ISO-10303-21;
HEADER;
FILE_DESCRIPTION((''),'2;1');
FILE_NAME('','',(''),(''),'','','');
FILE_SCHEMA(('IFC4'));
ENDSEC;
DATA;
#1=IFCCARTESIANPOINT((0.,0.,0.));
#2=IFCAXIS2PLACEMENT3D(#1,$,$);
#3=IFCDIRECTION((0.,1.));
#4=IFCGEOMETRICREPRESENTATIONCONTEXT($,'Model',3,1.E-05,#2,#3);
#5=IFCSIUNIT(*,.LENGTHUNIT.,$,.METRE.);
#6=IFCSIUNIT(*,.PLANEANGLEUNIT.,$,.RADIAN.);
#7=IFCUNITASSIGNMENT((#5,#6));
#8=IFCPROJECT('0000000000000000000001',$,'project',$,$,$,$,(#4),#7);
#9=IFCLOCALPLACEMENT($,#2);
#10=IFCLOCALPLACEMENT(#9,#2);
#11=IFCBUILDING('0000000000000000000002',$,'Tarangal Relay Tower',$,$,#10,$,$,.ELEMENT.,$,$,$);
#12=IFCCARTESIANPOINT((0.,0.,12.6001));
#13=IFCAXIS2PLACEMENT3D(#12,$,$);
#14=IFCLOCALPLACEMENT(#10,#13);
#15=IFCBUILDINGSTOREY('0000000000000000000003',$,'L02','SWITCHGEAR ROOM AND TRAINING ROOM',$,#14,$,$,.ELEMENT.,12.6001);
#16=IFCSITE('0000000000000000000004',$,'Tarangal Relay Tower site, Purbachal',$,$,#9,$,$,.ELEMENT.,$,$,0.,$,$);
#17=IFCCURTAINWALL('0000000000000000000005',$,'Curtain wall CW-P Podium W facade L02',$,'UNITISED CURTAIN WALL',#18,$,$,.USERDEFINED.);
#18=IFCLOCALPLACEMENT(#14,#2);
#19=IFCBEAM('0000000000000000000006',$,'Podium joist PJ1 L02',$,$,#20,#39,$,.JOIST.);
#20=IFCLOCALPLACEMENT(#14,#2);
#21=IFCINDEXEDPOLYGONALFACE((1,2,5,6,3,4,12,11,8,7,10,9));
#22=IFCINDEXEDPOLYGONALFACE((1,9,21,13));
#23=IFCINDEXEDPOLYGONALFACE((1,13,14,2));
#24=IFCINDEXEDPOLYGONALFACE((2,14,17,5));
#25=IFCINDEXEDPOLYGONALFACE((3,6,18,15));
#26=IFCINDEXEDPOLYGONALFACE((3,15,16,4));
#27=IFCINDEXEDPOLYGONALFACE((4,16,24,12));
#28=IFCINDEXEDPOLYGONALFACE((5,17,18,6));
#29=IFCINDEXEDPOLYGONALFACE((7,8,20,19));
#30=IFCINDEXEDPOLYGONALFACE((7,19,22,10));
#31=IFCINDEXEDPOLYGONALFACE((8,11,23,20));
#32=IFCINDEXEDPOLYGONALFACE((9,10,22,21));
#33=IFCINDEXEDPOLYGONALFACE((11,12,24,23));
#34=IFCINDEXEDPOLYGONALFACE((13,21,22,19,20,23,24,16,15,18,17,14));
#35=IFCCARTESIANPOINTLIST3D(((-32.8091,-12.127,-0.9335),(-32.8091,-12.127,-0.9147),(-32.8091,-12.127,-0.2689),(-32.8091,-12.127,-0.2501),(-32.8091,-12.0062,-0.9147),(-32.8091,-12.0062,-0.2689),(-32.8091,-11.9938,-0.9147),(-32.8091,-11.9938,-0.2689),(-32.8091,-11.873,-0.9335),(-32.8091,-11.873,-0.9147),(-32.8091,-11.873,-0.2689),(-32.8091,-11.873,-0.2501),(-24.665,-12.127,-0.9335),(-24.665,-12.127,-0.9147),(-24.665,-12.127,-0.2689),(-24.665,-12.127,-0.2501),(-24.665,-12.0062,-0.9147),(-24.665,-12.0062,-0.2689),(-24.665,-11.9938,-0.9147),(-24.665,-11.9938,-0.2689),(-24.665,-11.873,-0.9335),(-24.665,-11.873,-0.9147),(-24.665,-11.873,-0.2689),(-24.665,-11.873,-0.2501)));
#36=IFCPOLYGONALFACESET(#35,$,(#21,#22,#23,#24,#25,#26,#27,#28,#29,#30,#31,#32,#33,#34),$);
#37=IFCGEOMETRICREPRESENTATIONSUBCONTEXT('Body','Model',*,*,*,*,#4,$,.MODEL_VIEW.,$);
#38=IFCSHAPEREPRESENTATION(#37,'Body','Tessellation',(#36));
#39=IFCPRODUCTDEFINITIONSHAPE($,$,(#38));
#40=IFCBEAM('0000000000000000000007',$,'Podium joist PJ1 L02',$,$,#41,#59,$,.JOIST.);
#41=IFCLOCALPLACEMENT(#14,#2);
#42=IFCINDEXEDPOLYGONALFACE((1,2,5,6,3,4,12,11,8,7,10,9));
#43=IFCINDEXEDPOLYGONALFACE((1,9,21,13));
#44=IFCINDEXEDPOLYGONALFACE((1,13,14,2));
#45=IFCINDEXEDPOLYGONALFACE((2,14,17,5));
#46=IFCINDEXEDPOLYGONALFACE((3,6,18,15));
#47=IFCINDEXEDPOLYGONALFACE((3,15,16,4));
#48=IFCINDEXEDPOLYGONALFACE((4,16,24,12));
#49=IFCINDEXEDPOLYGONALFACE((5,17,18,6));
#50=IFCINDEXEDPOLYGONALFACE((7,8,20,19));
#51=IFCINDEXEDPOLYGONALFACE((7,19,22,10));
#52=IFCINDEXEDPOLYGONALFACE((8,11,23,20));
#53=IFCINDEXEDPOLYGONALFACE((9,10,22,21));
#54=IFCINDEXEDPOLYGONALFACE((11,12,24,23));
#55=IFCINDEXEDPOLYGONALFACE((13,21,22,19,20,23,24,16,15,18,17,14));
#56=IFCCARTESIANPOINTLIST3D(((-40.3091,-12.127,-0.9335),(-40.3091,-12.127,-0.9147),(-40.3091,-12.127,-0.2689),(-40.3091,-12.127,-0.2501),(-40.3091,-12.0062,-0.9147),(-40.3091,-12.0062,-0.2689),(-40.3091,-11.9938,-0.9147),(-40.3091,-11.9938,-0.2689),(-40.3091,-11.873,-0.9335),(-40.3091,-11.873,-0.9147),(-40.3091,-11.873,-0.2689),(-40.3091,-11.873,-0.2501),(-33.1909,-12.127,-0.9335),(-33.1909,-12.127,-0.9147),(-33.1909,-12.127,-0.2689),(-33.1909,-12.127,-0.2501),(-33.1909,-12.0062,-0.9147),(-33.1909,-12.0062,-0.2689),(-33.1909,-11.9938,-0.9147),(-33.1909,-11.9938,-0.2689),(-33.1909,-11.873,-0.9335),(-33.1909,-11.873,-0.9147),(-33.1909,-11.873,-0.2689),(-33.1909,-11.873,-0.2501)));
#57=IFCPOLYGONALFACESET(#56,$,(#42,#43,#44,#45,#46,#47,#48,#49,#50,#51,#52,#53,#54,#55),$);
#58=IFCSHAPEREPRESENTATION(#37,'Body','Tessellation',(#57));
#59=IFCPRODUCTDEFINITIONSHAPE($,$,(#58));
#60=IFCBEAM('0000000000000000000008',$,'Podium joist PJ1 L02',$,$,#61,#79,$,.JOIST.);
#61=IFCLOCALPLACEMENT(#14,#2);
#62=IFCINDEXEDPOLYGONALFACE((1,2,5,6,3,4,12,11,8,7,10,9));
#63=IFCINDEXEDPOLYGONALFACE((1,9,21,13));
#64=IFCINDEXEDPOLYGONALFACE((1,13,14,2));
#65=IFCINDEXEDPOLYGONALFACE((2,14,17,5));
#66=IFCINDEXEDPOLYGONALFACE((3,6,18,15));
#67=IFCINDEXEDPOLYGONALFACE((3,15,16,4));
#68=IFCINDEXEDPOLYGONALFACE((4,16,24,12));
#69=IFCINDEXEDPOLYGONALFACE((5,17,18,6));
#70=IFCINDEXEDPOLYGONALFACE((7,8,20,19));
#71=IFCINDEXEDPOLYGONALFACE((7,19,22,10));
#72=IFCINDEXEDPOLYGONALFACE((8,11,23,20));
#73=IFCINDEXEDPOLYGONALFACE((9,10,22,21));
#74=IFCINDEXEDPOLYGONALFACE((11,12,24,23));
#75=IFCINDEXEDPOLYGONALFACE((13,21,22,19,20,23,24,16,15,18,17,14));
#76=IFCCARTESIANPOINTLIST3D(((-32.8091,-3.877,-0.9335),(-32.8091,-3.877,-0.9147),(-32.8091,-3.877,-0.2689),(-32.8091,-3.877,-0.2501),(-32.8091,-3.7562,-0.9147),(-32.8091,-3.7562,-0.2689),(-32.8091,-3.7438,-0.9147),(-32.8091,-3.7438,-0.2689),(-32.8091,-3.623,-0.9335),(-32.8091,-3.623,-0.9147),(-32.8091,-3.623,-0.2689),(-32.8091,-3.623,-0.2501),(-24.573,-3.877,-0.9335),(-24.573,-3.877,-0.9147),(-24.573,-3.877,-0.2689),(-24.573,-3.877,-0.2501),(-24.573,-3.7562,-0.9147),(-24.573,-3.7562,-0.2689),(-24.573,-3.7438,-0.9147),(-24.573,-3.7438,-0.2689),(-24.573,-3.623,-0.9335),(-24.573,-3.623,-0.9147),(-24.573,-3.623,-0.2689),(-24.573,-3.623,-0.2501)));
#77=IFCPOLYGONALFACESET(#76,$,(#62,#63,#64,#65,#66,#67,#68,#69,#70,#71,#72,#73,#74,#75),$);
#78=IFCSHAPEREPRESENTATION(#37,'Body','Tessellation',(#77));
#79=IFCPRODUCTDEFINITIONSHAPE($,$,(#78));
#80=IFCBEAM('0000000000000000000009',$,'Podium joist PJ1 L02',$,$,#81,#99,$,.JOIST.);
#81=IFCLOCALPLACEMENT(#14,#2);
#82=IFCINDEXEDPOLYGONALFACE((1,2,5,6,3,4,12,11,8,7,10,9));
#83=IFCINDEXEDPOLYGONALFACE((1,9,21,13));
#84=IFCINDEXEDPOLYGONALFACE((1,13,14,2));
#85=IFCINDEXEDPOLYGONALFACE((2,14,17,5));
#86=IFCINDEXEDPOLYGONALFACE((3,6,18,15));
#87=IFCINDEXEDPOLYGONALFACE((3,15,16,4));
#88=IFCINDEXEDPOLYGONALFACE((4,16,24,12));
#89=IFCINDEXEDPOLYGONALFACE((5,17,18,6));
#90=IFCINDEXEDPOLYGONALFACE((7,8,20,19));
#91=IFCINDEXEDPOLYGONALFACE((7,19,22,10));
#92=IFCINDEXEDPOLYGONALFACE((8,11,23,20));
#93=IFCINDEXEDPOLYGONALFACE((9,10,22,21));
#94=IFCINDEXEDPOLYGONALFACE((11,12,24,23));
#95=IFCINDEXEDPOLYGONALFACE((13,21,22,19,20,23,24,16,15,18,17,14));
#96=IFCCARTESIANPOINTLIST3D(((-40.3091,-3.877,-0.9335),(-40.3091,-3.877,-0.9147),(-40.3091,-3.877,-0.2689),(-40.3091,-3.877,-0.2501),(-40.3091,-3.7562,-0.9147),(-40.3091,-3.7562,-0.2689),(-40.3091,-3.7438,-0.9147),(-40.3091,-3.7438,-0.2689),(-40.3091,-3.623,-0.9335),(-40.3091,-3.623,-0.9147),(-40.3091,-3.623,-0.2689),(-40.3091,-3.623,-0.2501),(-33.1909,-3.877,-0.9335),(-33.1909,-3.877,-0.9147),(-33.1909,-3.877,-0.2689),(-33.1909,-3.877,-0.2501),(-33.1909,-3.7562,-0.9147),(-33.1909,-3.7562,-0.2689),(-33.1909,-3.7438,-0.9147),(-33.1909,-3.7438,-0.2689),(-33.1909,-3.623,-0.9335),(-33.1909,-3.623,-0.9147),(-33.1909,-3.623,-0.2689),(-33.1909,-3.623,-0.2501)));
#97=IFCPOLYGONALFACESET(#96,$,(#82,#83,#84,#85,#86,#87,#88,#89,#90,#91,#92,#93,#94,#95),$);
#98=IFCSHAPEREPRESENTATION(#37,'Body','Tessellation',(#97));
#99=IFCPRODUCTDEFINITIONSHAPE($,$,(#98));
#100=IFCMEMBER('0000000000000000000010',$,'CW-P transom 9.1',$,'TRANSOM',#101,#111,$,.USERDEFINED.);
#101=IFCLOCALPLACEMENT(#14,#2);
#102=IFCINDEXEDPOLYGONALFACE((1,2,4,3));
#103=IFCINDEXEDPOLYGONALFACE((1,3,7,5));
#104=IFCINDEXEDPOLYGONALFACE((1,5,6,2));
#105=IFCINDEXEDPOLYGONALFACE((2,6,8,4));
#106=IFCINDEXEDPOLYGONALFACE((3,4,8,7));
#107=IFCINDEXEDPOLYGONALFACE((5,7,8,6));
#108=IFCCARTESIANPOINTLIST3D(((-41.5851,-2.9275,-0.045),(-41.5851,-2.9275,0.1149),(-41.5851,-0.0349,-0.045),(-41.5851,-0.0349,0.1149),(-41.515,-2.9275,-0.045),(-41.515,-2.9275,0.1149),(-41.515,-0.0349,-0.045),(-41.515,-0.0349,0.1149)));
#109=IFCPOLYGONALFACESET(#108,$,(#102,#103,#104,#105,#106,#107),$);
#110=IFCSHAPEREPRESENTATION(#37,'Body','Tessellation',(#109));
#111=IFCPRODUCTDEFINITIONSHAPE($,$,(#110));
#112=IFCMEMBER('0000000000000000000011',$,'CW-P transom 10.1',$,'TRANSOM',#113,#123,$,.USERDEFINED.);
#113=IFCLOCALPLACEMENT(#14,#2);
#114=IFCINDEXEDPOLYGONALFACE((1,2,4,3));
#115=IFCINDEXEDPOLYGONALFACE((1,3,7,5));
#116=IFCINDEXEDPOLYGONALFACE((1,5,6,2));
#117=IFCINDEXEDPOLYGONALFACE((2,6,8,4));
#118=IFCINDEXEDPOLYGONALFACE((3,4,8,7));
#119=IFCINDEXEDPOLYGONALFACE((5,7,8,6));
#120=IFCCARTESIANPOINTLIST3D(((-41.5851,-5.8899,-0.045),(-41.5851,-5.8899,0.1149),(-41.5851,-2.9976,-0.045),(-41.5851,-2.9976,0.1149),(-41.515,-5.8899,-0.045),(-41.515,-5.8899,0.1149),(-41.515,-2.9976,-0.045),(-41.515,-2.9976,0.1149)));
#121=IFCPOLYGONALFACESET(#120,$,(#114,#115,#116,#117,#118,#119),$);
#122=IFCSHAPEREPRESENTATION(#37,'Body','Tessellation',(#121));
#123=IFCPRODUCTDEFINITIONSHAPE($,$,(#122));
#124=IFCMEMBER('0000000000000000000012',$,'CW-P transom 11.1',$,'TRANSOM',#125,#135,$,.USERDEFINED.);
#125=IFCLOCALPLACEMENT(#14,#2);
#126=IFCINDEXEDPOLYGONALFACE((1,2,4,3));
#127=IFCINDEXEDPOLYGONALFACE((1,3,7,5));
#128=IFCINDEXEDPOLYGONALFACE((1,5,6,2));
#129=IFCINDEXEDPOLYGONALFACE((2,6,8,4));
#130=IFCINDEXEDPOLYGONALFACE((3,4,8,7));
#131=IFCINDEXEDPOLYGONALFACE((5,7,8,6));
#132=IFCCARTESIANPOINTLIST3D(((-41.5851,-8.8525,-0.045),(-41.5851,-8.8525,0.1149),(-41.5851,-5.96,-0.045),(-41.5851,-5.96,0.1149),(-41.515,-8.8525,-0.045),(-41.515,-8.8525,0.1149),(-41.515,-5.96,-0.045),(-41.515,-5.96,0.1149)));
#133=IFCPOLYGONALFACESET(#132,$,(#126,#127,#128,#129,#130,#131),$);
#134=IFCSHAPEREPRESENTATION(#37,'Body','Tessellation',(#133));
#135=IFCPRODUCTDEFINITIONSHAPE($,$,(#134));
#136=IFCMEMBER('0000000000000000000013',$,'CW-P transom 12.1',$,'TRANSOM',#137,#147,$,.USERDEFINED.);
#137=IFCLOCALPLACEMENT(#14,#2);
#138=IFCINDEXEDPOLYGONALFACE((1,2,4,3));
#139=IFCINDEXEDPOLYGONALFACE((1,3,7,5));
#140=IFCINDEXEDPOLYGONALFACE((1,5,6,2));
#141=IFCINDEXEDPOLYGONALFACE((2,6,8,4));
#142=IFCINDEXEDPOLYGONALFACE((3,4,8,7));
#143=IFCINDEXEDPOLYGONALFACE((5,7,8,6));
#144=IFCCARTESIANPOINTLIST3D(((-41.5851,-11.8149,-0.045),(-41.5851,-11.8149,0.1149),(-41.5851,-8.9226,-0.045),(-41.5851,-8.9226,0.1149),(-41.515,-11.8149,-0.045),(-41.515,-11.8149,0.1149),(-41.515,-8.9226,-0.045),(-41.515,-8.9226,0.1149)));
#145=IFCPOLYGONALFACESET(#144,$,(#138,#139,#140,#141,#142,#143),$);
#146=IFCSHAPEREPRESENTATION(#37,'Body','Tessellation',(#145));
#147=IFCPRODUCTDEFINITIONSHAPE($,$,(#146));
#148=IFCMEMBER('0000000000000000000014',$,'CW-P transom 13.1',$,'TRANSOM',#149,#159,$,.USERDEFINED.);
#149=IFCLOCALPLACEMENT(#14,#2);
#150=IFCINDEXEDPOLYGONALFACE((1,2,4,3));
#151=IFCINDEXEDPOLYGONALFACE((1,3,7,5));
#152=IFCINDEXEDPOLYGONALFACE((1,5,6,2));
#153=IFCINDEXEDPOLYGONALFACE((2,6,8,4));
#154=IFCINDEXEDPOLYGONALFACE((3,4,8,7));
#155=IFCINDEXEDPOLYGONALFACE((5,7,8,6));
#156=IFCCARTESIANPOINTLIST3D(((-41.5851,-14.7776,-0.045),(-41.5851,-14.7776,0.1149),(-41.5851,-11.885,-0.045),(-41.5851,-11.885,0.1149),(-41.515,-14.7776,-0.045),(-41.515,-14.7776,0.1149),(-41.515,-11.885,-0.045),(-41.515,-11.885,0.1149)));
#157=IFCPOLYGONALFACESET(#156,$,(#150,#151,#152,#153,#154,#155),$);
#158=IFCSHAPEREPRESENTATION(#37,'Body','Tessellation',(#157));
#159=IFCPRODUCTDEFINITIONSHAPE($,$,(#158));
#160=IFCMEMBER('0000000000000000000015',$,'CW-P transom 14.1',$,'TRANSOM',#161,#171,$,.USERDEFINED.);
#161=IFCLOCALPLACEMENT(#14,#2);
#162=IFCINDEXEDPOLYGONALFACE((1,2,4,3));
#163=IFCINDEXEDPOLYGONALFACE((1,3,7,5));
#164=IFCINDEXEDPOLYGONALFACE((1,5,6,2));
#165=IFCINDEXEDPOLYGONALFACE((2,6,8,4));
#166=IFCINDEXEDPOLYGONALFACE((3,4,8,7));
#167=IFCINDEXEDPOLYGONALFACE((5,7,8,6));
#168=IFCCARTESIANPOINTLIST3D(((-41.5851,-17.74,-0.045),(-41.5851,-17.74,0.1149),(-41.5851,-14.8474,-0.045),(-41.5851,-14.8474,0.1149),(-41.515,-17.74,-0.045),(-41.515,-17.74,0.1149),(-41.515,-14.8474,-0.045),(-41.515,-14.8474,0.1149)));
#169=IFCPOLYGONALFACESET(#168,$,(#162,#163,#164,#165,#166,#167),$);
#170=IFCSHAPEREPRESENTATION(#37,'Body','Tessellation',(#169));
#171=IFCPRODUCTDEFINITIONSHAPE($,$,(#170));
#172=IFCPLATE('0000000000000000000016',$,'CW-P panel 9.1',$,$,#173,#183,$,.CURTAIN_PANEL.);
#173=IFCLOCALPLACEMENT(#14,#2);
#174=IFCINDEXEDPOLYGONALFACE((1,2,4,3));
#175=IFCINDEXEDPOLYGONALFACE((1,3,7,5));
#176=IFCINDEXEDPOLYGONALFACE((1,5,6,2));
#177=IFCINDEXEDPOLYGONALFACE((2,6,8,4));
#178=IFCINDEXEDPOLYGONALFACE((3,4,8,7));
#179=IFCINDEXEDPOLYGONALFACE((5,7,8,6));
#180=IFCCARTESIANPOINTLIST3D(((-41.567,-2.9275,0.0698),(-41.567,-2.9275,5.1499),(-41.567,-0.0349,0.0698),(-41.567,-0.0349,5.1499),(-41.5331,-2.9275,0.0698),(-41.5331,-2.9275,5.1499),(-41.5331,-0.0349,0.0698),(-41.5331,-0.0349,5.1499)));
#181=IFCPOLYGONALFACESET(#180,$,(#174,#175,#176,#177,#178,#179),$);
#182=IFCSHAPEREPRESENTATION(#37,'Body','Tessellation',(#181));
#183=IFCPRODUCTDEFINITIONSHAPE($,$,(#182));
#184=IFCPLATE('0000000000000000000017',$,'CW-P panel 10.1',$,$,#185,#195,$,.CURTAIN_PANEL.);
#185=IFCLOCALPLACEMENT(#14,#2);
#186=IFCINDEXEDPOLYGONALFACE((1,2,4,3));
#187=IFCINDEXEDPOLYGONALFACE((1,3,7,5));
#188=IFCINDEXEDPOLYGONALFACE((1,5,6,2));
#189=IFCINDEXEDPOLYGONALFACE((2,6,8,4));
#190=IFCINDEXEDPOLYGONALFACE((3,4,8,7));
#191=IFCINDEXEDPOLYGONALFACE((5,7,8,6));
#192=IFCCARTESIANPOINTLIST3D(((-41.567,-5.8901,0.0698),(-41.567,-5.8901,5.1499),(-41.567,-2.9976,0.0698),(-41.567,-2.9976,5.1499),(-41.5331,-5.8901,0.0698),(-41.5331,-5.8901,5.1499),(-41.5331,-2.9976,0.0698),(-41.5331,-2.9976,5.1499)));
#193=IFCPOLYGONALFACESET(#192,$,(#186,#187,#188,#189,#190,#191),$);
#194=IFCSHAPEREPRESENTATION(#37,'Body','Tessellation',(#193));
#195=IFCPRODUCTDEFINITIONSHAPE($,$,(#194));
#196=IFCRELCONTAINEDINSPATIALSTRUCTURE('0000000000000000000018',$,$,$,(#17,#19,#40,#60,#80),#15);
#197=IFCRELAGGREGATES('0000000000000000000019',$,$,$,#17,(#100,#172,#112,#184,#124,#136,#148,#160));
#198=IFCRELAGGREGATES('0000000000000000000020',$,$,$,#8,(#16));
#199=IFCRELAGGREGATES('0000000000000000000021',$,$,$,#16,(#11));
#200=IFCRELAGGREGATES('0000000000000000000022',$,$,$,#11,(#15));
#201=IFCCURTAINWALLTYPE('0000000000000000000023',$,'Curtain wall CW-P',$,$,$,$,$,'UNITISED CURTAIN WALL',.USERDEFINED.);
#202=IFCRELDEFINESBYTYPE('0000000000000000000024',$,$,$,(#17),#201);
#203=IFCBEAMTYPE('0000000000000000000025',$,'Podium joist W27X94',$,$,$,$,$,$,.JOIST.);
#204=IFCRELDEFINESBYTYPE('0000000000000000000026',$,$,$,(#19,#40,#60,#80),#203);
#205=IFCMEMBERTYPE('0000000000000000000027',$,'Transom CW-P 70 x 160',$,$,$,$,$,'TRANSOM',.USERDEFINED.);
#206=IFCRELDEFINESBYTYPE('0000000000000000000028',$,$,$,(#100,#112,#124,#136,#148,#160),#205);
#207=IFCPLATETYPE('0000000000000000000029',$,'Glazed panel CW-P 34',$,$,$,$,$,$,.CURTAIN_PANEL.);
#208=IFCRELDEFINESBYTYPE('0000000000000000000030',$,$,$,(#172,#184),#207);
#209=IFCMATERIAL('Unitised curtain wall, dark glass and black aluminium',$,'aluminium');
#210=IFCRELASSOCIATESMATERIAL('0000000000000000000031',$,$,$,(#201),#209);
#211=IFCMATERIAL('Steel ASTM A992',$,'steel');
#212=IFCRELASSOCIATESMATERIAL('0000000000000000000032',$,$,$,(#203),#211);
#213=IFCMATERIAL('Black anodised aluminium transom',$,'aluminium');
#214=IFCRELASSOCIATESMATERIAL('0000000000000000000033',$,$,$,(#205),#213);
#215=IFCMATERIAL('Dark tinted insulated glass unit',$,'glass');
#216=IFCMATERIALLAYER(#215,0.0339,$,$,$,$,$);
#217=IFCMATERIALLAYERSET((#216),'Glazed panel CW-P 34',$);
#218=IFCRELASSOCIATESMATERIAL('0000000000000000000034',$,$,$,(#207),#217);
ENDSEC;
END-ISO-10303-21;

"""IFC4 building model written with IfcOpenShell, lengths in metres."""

from ifc_helpers import new_model, si_unit, direction, frame, origin, origin_2d, place, context, subcontext, project, spatial, rectangle, i_section, extrude, material, layer, layer_set, material_profile, profile_set, type_object, element, aggregate, save


model = new_model("IFC4")

# Units and contexts
model_context = context("Model", 3, precision=1e-05, world=origin(), true_north=direction((0.0, 1.0)))
body_context = subcontext(model_context, "Body", "Model", "MODEL_VIEW")
ifc_project = project(units=[si_unit("LENGTHUNIT", "METRE"), si_unit("PLANEANGLEUNIT", "RADIAN")], contexts=[model_context])

# Site, building, storey
site_placement = place(None, origin())
site = spatial("IfcSite", under=ifc_project, at=site_placement, Name="Tarangal Relay Tower site, Purbachal", CompositionType="ELEMENT", RefElevation=0.0)
building_placement = place(site_placement, origin())
building = spatial("IfcBuilding", under=site, at=building_placement, Name="Tarangal Relay Tower", CompositionType="ELEMENT")
storey_placement = place(building_placement, frame((0.0, 0.0, 12.6001)))
storey = spatial("IfcBuildingStorey", under=building, at=storey_placement, Name="L02", Description="SWITCHGEAR ROOM AND TRAINING ROOM", CompositionType="ELEMENT", Elevation=12.6001)

# Shared definitions
ifc_material_1 = material(Name="Steel ASTM A992", Category="steel")

# Curtain wall
ifc_material_2 = material(Name="Unitised curtain wall, dark glass and black aluminium", Category="aluminium")
curtain_wall_type = type_object("IfcCurtainWallType", Name="Curtain wall CW-P", ElementType="UNITISED CURTAIN WALL", PredefinedType="USERDEFINED", material=ifc_material_2)
curtain_wall_placement = place(storey_placement, origin())
curtain_wall = element("IfcCurtainWall", 1, at=curtain_wall_placement, inside=storey, type_object=curtain_wall_type, Name="Curtain wall CW-P Podium W facade L02", ObjectType="UNITISED CURTAIN WALL", PredefinedType="USERDEFINED")

# Beams
ifc_material_profile_1 = material_profile(ifc_material_1, i_section(OverallWidth=0.2539, OverallDepth=0.6833, WebThickness=0.0125, FlangeThickness=0.0188, at=origin_2d()), Name="W27X94")
ifc_profile_set_1 = profile_set([ifc_material_profile_1], Name="Steel ASTM A992")
beam_type_1 = type_object("IfcBeamType", Name="Podium joist W27X94", PredefinedType="JOIST", material=ifc_profile_set_1)
beam_1_placement = place(storey_placement, frame((-24.665, -12.0, -0.5918), z_axis=(-1.0, 0.0, 0.0), x_axis=(0.0, -1.0, 0.0)))
element("IfcBeam", 2, at=beam_1_placement, inside=storey, type_object=beam_type_1, Name="Podium joist PJ1 L02", PredefinedType="JOIST", context=body_context, shape_type="SweptSolid", body=[
    extrude(i_section(OverallWidth=0.2539, OverallDepth=0.6833, WebThickness=0.0125, FlangeThickness=0.0188, at=origin_2d()), origin(), (0.0, 0.0, 1.0), 8.144),
])
beam_2_placement = place(storey_placement, frame((-33.1909, -12.0, -0.5918), z_axis=(-1.0, 0.0, 0.0), x_axis=(0.0, -1.0, 0.0)))
element("IfcBeam", 3, at=beam_2_placement, inside=storey, type_object=beam_type_1, Name="Podium joist PJ1 L02", PredefinedType="JOIST", context=body_context, shape_type="SweptSolid", body=[
    extrude(i_section(OverallWidth=0.2539, OverallDepth=0.6833, WebThickness=0.0125, FlangeThickness=0.0188, at=origin_2d()), origin(), (0.0, 0.0, 1.0), 7.1182),
])
beam_3_placement = place(storey_placement, frame((-24.573, -3.75, -0.5918), z_axis=(-1.0, 0.0, 0.0), x_axis=(0.0, -1.0, 0.0)))
element("IfcBeam", 4, at=beam_3_placement, inside=storey, type_object=beam_type_1, Name="Podium joist PJ1 L02", PredefinedType="JOIST", context=body_context, shape_type="SweptSolid", body=[
    extrude(i_section(OverallWidth=0.2539, OverallDepth=0.6833, WebThickness=0.0125, FlangeThickness=0.0188, at=origin_2d()), origin(), (0.0, 0.0, 1.0), 8.2361),
])
beam_4_placement = place(storey_placement, frame((-33.1909, -3.75, -0.5918), z_axis=(-1.0, 0.0, 0.0), x_axis=(0.0, -1.0, 0.0)))
element("IfcBeam", 5, at=beam_4_placement, inside=storey, type_object=beam_type_1, Name="Podium joist PJ1 L02", PredefinedType="JOIST", context=body_context, shape_type="SweptSolid", body=[
    extrude(i_section(OverallWidth=0.2539, OverallDepth=0.6833, WebThickness=0.0125, FlangeThickness=0.0188, at=origin_2d()), origin(), (0.0, 0.0, 1.0), 7.1182),
])

# Members
ifc_material_3 = material(Name="Black anodised aluminium transom", Category="aluminium")
ifc_material_profile_2 = material_profile(ifc_material_3, rectangle(XDim=0.0701, YDim=0.1599, at=origin_2d()), Name="CW-PT 70X160")
ifc_profile_set_2 = profile_set([ifc_material_profile_2], Name="Black anodised aluminium transom")
member_type_1 = type_object("IfcMemberType", Name="Transom CW-P 70 x 160", ElementType="TRANSOM", PredefinedType="USERDEFINED", material=ifc_profile_set_2)
member_1_placement = place(storey_placement, frame((-41.55, -0.0349, 0.0349), z_axis=(0.0, -1.0, 0.0), x_axis=(1.0, 0.0, 0.0)))
member_1 = element("IfcMember", 6, at=member_1_placement, type_object=member_type_1, Name="CW-P transom 9.1", ObjectType="TRANSOM", PredefinedType="USERDEFINED", context=body_context, shape_type="SweptSolid", body=[
    extrude(rectangle(XDim=0.0701, YDim=0.1599, at=origin_2d()), origin(), (0.0, 0.0, 1.0), 2.8926),
])
member_2_placement = place(storey_placement, frame((-41.55, -2.9976, 0.0349), z_axis=(0.0, -1.0, 0.0), x_axis=(1.0, 0.0, 0.0)))
member_2 = element("IfcMember", 7, at=member_2_placement, type_object=member_type_1, Name="CW-P transom 10.1", ObjectType="TRANSOM", PredefinedType="USERDEFINED", context=body_context, shape_type="SweptSolid", body=[
    extrude(rectangle(XDim=0.0701, YDim=0.1599, at=origin_2d()), origin(), (0.0, 0.0, 1.0), 2.8923),
])
member_3_placement = place(storey_placement, frame((-41.55, -5.96, 0.0349), z_axis=(0.0, -1.0, 0.0), x_axis=(1.0, 0.0, 0.0)))
member_3 = element("IfcMember", 8, at=member_3_placement, type_object=member_type_1, Name="CW-P transom 11.1", ObjectType="TRANSOM", PredefinedType="USERDEFINED", context=body_context, shape_type="SweptSolid", body=[
    extrude(rectangle(XDim=0.0701, YDim=0.1599, at=origin_2d()), origin(), (0.0, 0.0, 1.0), 2.8926),
])
member_4_placement = place(storey_placement, frame((-41.55, -8.9226, 0.0349), z_axis=(0.0, -1.0, 0.0), x_axis=(1.0, 0.0, 0.0)))
member_4 = element("IfcMember", 9, at=member_4_placement, type_object=member_type_1, Name="CW-P transom 12.1", ObjectType="TRANSOM", PredefinedType="USERDEFINED", context=body_context, shape_type="SweptSolid", body=[
    extrude(rectangle(XDim=0.0701, YDim=0.1599, at=origin_2d()), origin(), (0.0, 0.0, 1.0), 2.8923),
])
member_5_placement = place(storey_placement, frame((-41.55, -11.885, 0.0349), z_axis=(0.0, -1.0, 0.0), x_axis=(1.0, 0.0, 0.0)))
member_5 = element("IfcMember", 10, at=member_5_placement, type_object=member_type_1, Name="CW-P transom 13.1", ObjectType="TRANSOM", PredefinedType="USERDEFINED", context=body_context, shape_type="SweptSolid", body=[
    extrude(rectangle(XDim=0.0701, YDim=0.1599, at=origin_2d()), origin(), (0.0, 0.0, 1.0), 2.8926),
])
member_6_placement = place(storey_placement, frame((-41.55, -14.8474, 0.0349), z_axis=(0.0, -1.0, 0.0), x_axis=(1.0, 0.0, 0.0)))
member_6 = element("IfcMember", 11, at=member_6_placement, type_object=member_type_1, Name="CW-P transom 14.1", ObjectType="TRANSOM", PredefinedType="USERDEFINED", context=body_context, shape_type="SweptSolid", body=[
    extrude(rectangle(XDim=0.0701, YDim=0.1599, at=origin_2d()), origin(), (0.0, 0.0, 1.0), 2.8926),
])

# Plates
ifc_material_4 = material(Name="Dark tinted insulated glass unit", Category="glass")
ifc_layer = layer(ifc_material_4, 0.0339)
ifc_layer_set = layer_set([ifc_layer], Name="Glazed panel CW-P 34")
plate_type = type_object("IfcPlateType", Name="Glazed panel CW-P 34", PredefinedType="CURTAIN_PANEL", material=ifc_layer_set)
plate_1_placement = place(storey_placement, frame((-41.55, -1.4812, 0.0698), z_axis=(0.0, 0.0, 1.0), x_axis=(0.0, -1.0, 0.0)))
plate_1 = element("IfcPlate", 12, at=plate_1_placement, type_object=plate_type, Name="CW-P panel 9.1", PredefinedType="CURTAIN_PANEL", context=body_context, shape_type="SweptSolid", body=[
    extrude(rectangle(XDim=2.8926, YDim=0.0339, at=origin_2d()), origin(), (0.0, 0.0, 1.0), 5.0801),
])
plate_2_placement = place(storey_placement, frame((-41.55, -4.4438, 0.0698), z_axis=(0.0, 0.0, 1.0), x_axis=(0.0, -1.0, 0.0)))
plate_2 = element("IfcPlate", 13, at=plate_2_placement, type_object=plate_type, Name="CW-P panel 10.1", PredefinedType="CURTAIN_PANEL", context=body_context, shape_type="SweptSolid", body=[
    extrude(rectangle(XDim=2.8926, YDim=0.0339, at=origin_2d()), origin(), (0.0, 0.0, 1.0), 5.0801),
])
aggregate(curtain_wall, [member_1, plate_1, member_2, plate_2, member_3, member_4, member_5, member_6])

save(model, "model.ifc")
